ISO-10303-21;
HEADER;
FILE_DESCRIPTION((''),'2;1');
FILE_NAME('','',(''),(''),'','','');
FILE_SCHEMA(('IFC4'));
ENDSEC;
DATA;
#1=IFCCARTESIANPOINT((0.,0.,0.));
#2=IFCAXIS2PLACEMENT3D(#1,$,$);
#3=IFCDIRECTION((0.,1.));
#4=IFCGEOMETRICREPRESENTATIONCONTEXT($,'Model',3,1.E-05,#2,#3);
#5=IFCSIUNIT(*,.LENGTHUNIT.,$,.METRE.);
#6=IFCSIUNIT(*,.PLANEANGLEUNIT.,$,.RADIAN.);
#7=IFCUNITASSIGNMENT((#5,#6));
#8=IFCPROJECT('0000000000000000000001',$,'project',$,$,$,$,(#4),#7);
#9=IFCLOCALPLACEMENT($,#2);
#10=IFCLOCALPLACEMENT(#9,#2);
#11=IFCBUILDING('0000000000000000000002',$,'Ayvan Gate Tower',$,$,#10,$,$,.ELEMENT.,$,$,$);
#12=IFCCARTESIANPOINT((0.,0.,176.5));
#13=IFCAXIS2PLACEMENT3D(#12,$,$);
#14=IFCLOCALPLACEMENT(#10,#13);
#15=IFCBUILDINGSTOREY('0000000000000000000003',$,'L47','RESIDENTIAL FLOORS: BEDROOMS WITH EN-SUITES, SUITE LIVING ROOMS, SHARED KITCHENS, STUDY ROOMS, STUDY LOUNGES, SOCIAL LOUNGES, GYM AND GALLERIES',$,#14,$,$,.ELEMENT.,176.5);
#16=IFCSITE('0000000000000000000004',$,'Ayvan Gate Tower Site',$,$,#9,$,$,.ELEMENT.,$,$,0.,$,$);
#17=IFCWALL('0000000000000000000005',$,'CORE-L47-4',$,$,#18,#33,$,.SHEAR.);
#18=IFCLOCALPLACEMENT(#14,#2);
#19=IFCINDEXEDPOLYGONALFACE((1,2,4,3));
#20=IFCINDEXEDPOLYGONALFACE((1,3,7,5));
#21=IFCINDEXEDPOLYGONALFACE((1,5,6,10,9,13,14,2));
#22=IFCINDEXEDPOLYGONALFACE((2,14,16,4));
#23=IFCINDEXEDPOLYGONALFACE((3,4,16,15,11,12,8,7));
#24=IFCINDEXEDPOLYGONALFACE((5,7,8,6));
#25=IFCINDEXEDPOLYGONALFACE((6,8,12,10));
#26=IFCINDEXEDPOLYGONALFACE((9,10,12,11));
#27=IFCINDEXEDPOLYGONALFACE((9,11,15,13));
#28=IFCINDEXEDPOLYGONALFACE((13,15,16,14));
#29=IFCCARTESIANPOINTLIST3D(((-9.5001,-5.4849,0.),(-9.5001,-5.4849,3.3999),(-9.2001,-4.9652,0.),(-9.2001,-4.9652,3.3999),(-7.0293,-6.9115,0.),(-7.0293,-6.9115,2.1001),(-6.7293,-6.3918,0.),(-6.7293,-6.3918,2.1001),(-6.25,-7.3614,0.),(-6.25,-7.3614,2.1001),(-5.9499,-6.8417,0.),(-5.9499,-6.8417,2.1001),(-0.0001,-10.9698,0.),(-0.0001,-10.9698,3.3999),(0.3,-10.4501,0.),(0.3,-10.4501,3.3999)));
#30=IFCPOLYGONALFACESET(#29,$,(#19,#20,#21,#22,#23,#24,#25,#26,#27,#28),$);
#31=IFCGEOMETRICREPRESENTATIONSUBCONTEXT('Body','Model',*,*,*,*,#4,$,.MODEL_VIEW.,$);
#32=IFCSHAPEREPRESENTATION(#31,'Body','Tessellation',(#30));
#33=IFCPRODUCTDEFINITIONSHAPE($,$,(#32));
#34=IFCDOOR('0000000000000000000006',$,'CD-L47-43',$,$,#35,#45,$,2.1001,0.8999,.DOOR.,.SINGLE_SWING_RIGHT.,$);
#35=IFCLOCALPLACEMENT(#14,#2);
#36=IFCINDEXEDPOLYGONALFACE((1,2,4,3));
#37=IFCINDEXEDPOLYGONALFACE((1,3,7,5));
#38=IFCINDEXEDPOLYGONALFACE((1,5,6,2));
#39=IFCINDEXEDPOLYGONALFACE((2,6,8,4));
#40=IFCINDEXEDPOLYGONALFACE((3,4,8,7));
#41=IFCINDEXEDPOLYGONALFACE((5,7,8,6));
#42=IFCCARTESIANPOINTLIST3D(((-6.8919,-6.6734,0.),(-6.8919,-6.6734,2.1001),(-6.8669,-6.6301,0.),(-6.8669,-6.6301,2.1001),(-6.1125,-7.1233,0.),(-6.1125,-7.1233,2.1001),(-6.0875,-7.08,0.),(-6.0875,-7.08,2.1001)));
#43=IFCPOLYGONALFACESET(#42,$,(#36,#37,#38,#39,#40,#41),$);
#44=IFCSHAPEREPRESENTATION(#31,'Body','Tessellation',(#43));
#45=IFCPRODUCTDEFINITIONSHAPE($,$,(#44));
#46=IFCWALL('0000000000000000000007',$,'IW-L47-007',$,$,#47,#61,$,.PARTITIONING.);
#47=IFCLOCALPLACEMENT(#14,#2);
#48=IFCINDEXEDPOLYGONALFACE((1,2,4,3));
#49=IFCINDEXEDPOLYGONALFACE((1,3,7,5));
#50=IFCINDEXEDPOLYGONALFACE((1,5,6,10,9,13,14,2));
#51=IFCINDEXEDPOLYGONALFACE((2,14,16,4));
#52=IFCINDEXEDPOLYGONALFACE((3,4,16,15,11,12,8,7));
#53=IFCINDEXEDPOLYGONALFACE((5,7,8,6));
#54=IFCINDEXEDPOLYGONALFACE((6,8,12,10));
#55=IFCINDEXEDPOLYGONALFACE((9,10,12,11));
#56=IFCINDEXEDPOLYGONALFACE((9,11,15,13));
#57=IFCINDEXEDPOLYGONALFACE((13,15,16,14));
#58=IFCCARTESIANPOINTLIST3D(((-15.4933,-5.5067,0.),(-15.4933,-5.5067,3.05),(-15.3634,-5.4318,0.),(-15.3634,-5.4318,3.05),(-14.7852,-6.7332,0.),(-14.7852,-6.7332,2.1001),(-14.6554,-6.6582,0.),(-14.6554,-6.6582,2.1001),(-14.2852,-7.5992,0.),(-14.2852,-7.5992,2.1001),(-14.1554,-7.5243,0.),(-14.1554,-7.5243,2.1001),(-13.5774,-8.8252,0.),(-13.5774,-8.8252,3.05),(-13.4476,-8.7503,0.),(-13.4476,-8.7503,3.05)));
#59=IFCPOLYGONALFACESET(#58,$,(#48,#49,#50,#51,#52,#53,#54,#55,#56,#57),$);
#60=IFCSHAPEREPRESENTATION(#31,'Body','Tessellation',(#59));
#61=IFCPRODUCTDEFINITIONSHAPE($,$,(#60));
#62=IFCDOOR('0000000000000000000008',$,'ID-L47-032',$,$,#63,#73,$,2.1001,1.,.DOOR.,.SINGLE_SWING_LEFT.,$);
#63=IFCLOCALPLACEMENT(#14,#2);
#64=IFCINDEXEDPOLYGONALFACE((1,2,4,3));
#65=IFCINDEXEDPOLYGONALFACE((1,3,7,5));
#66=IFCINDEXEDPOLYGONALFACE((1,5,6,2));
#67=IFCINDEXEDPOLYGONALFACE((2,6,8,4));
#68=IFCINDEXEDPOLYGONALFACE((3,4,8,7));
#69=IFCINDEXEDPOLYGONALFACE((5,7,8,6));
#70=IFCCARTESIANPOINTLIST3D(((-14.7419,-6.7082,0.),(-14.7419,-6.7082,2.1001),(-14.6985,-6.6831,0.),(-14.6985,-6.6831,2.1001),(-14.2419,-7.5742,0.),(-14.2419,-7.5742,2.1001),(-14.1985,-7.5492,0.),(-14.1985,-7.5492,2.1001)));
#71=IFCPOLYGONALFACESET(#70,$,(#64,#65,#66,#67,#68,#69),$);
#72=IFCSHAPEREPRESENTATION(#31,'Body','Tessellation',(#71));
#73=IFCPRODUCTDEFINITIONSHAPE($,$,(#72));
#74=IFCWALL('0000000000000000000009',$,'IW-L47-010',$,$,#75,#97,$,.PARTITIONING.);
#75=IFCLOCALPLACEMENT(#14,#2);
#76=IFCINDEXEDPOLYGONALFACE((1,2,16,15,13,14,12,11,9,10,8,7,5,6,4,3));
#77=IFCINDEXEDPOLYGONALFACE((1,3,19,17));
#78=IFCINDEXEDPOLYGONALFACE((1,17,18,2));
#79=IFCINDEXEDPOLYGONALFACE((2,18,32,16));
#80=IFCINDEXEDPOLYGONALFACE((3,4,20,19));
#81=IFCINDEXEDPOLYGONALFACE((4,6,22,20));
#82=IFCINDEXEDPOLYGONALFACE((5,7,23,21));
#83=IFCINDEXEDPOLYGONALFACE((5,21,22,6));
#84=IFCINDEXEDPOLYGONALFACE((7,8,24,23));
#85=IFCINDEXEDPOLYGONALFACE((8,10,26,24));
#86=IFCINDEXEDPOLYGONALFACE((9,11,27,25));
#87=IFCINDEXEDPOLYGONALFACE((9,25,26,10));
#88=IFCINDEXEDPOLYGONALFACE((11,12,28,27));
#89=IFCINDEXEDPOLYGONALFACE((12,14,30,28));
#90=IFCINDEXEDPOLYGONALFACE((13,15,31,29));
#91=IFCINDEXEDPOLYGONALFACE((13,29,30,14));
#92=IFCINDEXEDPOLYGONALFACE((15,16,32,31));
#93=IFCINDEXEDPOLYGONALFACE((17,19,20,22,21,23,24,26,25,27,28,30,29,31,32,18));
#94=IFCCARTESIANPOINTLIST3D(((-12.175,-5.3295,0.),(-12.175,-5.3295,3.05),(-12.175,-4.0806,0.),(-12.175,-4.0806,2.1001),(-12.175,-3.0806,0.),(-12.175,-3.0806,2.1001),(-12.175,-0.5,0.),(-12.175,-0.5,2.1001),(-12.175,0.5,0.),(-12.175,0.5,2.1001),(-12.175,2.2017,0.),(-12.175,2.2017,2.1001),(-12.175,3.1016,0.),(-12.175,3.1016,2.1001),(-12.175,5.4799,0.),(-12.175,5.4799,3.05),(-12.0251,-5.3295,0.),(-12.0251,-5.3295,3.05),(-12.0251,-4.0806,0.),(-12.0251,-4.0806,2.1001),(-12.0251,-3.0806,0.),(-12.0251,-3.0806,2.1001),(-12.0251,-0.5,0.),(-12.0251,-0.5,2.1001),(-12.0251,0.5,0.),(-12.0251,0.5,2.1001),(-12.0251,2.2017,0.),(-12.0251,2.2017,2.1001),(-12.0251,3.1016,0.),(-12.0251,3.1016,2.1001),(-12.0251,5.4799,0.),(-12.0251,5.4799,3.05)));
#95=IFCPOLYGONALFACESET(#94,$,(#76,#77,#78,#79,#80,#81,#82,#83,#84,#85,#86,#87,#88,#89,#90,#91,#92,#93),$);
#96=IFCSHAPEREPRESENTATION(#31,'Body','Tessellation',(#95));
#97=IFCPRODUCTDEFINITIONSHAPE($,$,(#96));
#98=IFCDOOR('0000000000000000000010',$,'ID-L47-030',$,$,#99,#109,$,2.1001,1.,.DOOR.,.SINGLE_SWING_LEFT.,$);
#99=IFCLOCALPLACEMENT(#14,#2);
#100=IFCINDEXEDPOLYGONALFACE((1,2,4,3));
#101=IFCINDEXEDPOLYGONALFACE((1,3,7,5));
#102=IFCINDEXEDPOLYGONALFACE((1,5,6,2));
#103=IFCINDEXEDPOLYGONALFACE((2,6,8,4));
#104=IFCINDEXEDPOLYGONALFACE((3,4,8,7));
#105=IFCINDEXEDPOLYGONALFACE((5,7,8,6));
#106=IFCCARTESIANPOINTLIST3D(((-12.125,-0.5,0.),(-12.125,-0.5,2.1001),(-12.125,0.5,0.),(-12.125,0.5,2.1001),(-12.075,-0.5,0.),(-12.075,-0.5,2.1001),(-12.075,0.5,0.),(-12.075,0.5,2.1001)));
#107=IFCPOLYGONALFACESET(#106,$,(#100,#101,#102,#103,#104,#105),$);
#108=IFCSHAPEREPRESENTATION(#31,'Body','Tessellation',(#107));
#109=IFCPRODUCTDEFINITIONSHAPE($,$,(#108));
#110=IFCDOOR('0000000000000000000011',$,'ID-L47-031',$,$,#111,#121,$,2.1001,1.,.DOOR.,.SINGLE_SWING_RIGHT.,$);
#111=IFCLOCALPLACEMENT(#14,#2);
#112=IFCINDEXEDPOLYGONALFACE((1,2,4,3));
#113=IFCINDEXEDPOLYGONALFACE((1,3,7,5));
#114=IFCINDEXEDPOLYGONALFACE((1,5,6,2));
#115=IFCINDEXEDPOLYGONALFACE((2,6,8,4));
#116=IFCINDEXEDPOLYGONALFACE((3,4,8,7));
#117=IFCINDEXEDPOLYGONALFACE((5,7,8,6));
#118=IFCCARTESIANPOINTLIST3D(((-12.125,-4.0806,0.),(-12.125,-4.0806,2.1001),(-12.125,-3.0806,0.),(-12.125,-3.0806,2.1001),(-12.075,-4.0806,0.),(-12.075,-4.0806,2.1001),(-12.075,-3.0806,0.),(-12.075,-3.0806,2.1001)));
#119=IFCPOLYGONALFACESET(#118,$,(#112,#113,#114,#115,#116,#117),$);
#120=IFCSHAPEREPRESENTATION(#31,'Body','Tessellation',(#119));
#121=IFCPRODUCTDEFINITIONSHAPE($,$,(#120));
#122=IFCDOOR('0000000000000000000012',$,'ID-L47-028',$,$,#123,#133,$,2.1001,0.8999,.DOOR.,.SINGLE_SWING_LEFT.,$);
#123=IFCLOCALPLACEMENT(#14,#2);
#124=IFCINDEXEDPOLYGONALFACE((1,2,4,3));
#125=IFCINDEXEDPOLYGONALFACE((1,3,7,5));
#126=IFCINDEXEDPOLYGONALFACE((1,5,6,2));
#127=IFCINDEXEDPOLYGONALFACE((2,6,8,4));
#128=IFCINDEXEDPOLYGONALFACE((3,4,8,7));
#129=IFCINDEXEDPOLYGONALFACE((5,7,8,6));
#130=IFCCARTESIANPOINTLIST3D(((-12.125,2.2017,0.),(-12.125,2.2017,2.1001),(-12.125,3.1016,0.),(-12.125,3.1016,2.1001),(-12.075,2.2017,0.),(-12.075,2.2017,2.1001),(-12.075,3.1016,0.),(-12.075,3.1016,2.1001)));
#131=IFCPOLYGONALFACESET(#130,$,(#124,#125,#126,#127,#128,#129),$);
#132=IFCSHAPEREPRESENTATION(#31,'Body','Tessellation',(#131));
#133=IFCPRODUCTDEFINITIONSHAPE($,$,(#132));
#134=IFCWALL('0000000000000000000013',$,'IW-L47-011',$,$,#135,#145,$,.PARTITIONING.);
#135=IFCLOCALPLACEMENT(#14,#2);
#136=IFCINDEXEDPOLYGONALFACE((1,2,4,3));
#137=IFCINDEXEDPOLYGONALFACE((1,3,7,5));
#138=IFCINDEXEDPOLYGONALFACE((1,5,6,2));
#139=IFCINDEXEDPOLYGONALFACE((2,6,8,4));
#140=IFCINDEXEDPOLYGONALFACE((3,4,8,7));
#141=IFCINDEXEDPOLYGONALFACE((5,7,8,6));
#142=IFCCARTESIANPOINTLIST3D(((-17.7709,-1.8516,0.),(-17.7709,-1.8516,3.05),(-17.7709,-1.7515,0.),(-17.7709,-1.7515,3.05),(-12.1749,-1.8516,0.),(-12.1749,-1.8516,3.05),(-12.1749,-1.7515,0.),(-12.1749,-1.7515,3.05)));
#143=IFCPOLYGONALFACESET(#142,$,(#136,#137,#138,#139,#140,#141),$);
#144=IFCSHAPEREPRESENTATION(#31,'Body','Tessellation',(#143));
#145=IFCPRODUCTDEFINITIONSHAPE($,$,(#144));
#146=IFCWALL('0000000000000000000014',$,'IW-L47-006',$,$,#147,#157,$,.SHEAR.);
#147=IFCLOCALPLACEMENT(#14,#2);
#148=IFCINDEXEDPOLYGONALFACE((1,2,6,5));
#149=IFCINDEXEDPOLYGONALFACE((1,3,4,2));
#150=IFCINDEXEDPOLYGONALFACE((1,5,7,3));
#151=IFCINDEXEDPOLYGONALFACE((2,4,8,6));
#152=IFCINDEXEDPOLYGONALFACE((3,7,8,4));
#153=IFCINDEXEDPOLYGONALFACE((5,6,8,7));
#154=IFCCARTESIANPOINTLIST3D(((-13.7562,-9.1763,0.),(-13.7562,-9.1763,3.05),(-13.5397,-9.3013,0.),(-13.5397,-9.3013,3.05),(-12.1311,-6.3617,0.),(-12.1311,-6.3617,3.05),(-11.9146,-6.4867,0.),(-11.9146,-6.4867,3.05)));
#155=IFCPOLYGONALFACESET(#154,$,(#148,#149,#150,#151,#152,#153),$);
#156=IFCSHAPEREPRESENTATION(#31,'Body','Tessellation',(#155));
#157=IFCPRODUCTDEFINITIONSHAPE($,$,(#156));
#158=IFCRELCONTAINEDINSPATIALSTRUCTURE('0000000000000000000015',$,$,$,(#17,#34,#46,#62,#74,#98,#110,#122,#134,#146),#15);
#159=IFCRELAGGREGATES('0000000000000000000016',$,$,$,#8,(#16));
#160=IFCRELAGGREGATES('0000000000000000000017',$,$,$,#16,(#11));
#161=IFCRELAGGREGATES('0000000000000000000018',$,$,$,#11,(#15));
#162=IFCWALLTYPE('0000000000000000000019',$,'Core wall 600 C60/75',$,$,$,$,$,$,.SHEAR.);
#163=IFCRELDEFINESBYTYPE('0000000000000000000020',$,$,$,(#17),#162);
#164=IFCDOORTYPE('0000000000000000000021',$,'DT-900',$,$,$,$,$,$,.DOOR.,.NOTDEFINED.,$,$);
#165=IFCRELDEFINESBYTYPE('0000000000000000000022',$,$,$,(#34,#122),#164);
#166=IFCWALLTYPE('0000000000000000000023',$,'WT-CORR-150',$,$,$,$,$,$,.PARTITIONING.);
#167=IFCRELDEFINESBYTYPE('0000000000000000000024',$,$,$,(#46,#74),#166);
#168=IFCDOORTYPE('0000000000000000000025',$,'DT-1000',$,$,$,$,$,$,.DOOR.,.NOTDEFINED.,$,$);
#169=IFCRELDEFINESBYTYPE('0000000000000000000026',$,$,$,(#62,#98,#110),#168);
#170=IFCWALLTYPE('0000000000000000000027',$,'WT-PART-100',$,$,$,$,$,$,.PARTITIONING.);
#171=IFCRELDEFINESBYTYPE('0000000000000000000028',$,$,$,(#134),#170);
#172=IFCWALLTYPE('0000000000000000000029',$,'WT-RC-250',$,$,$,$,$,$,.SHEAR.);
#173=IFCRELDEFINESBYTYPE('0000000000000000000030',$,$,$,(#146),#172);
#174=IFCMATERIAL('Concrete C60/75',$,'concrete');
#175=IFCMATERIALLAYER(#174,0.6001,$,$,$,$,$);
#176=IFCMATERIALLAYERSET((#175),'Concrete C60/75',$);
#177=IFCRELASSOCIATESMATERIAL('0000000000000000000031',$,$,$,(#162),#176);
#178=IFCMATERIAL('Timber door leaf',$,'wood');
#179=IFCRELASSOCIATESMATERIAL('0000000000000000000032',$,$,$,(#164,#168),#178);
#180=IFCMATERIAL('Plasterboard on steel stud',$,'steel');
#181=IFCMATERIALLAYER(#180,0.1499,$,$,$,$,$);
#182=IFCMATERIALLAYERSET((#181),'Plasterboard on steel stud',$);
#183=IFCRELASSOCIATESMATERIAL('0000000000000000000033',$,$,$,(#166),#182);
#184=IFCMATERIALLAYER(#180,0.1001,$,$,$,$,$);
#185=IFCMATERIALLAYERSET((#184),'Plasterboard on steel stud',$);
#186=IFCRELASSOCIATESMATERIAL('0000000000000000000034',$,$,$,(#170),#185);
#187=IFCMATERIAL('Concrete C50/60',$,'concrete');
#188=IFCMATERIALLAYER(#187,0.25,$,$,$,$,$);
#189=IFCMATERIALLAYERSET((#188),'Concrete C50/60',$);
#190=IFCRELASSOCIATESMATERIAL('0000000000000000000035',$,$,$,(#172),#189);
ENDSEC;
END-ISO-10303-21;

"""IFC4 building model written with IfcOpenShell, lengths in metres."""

from ifc_helpers import new_model, si_unit, direction, frame, frame_2d, origin, place, context, subcontext, project, spatial, rectangle, extrude, material, layer, layer_set, type_object, element, fill, save


model = new_model("IFC4")

# Units and contexts
model_context = context("Model", 3, precision=1e-05, world=origin(), true_north=direction((0.0, 1.0)))
body_context = subcontext(model_context, "Body", "Model", "MODEL_VIEW")
ifc_project = project(units=[si_unit("LENGTHUNIT", "METRE"), si_unit("PLANEANGLEUNIT", "RADIAN")], contexts=[model_context])

# Site, building, storey
site_placement = place(None, origin())
site = spatial("IfcSite", under=ifc_project, at=site_placement, Name="Ayvan Gate Tower Site", CompositionType="ELEMENT", RefElevation=0.0)
building_placement = place(site_placement, origin())
building = spatial("IfcBuilding", under=site, at=building_placement, Name="Ayvan Gate Tower", CompositionType="ELEMENT")
storey_placement = place(building_placement, frame((0.0, 0.0, 176.5)))
storey = spatial("IfcBuildingStorey", under=building, at=storey_placement, Name="L47", Description="RESIDENTIAL FLOORS: BEDROOMS WITH EN-SUITES, SUITE LIVING ROOMS, SHARED KITCHENS, STUDY ROOMS, STUDY LOUNGES, SOCIAL LOUNGES, GYM AND GALLERIES", CompositionType="ELEMENT", Elevation=176.5)

# Walls, openings, doors
ifc_material_1 = material(Name="Concrete C60/75", Category="concrete")
ifc_layer_1 = layer(ifc_material_1, 0.6001)
ifc_layer_set_1 = layer_set([ifc_layer_1], Name="Concrete C60/75")
wall_type_1 = type_object("IfcWallType", Name="Core wall 600 C60/75", PredefinedType="SHEAR", material=ifc_layer_set_1)
wall_1_placement = place(storey_placement, frame((-9.3501, -5.2251, 0.0), z_axis=(0.0, 0.0, 1.0), x_axis=(0.866024, -0.500002, 0.0)))
wall_1 = element("IfcWall", 1, at=wall_1_placement, inside=storey, type_object=wall_type_1, Name="CORE-L47-4", PredefinedType="SHEAR", context=body_context, shape_type="SweptSolid", body=[
    extrude(rectangle(XDim=10.9697, YDim=0.6001, at=frame_2d((5.4849, 0.0))), origin(), (0.0, 0.0, 1.0), 3.3999),
])
opening_1_placement = place(wall_1_placement, frame((2.853, 0.0, 0.0)))
opening_1 = element("IfcOpeningElement", 2, at=opening_1_placement, cuts=wall_1, PredefinedType="OPENING", context=body_context, shape_type="SweptSolid", body=[
    extrude(rectangle(XDim=0.8999, YDim=2.1001, at=frame_2d((0.45, 1.05))), frame((0.0, 0.3101, 0.0), z_axis=(0.0, -1.0, 0.0), x_axis=(1.0, 0.0, 0.0)), (0.0, 0.0, 1.0), 0.6201),
])
ifc_material_2 = material(Name="Timber door leaf", Category="wood")
door_type_1 = type_object("IfcDoorType", Name="DT-900", OperationType="NOTDEFINED", PredefinedType="DOOR", material=ifc_material_2)
door_1_placement = place(opening_1_placement, origin())
door_1 = element("IfcDoor", 3, at=door_1_placement, inside=storey, type_object=door_type_1, Name="CD-L47-43", OperationType="SINGLE_SWING_RIGHT", OverallHeight=2.1001, OverallWidth=0.8999, PredefinedType="DOOR", context=body_context, shape_type="SweptSolid", body=[
    extrude(rectangle(XDim=0.8999, YDim=2.1001, at=frame_2d((0.45, 1.05))), frame((0.0, 0.0249, 0.0), z_axis=(0.0, -1.0, 0.0), x_axis=(1.0, 0.0, 0.0)), (0.0, 0.0, 1.0), 0.05),
])
fill(opening_1, door_1)
ifc_material_3 = material(Name="Plasterboard on steel stud", Category="steel")
ifc_layer_2 = layer(ifc_material_3, 0.1499)
ifc_layer_set_2 = layer_set([ifc_layer_2], Name="Plasterboard on steel stud")
wall_type_2 = type_object("IfcWallType", Name="WT-CORR-150", PredefinedType="PARTITIONING", material=ifc_layer_set_2)
wall_2_placement = place(storey_placement, frame((-13.5125, -8.7878, 0.0), z_axis=(0.0, 0.0, 1.0), x_axis=(-0.499984, 0.866035, 0.0)))
wall_2 = element("IfcWall", 4, at=wall_2_placement, inside=storey, type_object=wall_type_2, Name="IW-L47-007", PredefinedType="PARTITIONING", context=body_context, shape_type="SweptSolid", body=[
    extrude(rectangle(XDim=3.8318, YDim=0.1499, at=frame_2d((1.916, 0.0))), origin(), (0.0, 0.0, 1.0), 3.05),
])
opening_2_placement = place(wall_2_placement, frame((1.4158, 0.0, 0.0)))
opening_2 = element("IfcOpeningElement", 5, at=opening_2_placement, cuts=wall_2, PredefinedType="OPENING", context=body_context, shape_type="SweptSolid", body=[
    extrude(rectangle(XDim=1.0, YDim=2.1001, at=frame_2d((0.5, 1.05))), frame((0.0, 0.085, 0.0), z_axis=(0.0, -1.0, 0.0), x_axis=(1.0, 0.0, 0.0)), (0.0, 0.0, 1.0), 0.1699),
])
door_type_2 = type_object("IfcDoorType", Name="DT-1000", OperationType="NOTDEFINED", PredefinedType="DOOR", material=ifc_material_2)
door_2_placement = place(opening_2_placement, origin())
door_2 = element("IfcDoor", 6, at=door_2_placement, inside=storey, type_object=door_type_2, Name="ID-L47-032", OperationType="SINGLE_SWING_LEFT", OverallHeight=2.1001, OverallWidth=1.0, PredefinedType="DOOR", context=body_context, shape_type="SweptSolid", body=[
    extrude(rectangle(XDim=1.0, YDim=2.1001, at=frame_2d((0.5, 1.05))), frame((0.0, 0.0249, 0.0), z_axis=(0.0, -1.0, 0.0), x_axis=(1.0, 0.0, 0.0)), (0.0, 0.0, 1.0), 0.05),
])
fill(opening_2, door_2)

# Wall, openings, doors
wall_3_placement = place(storey_placement, frame((-12.1001, -5.3296, 0.0), z_axis=(0.0, 0.0, 1.0), x_axis=(0.0, 1.0, 0.0)))
wall_3 = element("IfcWall", 7, at=wall_3_placement, inside=storey, type_object=wall_type_2, Name="IW-L47-010", PredefinedType="PARTITIONING", context=body_context, shape_type="SweptSolid", body=[
    extrude(rectangle(XDim=10.8093, YDim=0.1499, at=frame_2d((5.4048, 0.0))), origin(), (0.0, 0.0, 1.0), 3.05),
])
opening_3_placement = place(wall_3_placement, frame((7.5312, 0.0, 0.0)))
opening_3 = element("IfcOpeningElement", 8, at=opening_3_placement, cuts=wall_3, PredefinedType="OPENING", context=body_context, shape_type="SweptSolid", body=[
    extrude(rectangle(XDim=0.8999, YDim=2.1001, at=frame_2d((0.45, 1.05))), frame((0.0, 0.085, 0.0), z_axis=(0.0, -1.0, 0.0), x_axis=(1.0, 0.0, 0.0)), (0.0, 0.0, 1.0), 0.1699),
])
opening_4_placement = place(wall_3_placement, frame((4.8296, 0.0, 0.0)))
opening_4 = element("IfcOpeningElement", 9, at=opening_4_placement, cuts=wall_3, PredefinedType="OPENING", context=body_context, shape_type="SweptSolid", body=[
    extrude(rectangle(XDim=1.0, YDim=2.1001, at=frame_2d((0.5, 1.05))), frame((0.0, 0.085, 0.0), z_axis=(0.0, -1.0, 0.0), x_axis=(1.0, 0.0, 0.0)), (0.0, 0.0, 1.0), 0.1699),
])
opening_5_placement = place(wall_3_placement, frame((1.249, 0.0, 0.0)))
opening_5 = element("IfcOpeningElement", 10, at=opening_5_placement, cuts=wall_3, PredefinedType="OPENING", context=body_context, shape_type="SweptSolid", body=[
    extrude(rectangle(XDim=1.0, YDim=2.1001, at=frame_2d((0.5, 1.05))), frame((0.0, 0.085, 0.0), z_axis=(0.0, -1.0, 0.0), x_axis=(1.0, 0.0, 0.0)), (0.0, 0.0, 1.0), 0.1699),
])
door_3_placement = place(opening_4_placement, origin())
door_3 = element("IfcDoor", 11, at=door_3_placement, inside=storey, type_object=door_type_2, Name="ID-L47-030", OperationType="SINGLE_SWING_LEFT", OverallHeight=2.1001, OverallWidth=1.0, PredefinedType="DOOR", context=body_context, shape_type="SweptSolid", body=[
    extrude(rectangle(XDim=1.0, YDim=2.1001, at=frame_2d((0.5, 1.05))), frame((0.0, 0.0249, 0.0), z_axis=(0.0, -1.0, 0.0), x_axis=(1.0, 0.0, 0.0)), (0.0, 0.0, 1.0), 0.05),
])
fill(opening_4, door_3)
door_4_placement = place(opening_5_placement, origin())
door_4 = element("IfcDoor", 12, at=door_4_placement, inside=storey, type_object=door_type_2, Name="ID-L47-031", OperationType="SINGLE_SWING_RIGHT", OverallHeight=2.1001, OverallWidth=1.0, PredefinedType="DOOR", context=body_context, shape_type="SweptSolid", body=[
    extrude(rectangle(XDim=1.0, YDim=2.1001, at=frame_2d((0.5, 1.05))), frame((0.0, 0.0249, 0.0), z_axis=(0.0, -1.0, 0.0), x_axis=(1.0, 0.0, 0.0)), (0.0, 0.0, 1.0), 0.05),
])
fill(opening_5, door_4)
door_5_placement = place(opening_3_placement, origin())
door_5 = element("IfcDoor", 13, at=door_5_placement, inside=storey, type_object=door_type_1, Name="ID-L47-028", OperationType="SINGLE_SWING_LEFT", OverallHeight=2.1001, OverallWidth=0.8999, PredefinedType="DOOR", context=body_context, shape_type="SweptSolid", body=[
    extrude(rectangle(XDim=0.8999, YDim=2.1001, at=frame_2d((0.45, 1.05))), frame((0.0, 0.0249, 0.0), z_axis=(0.0, -1.0, 0.0), x_axis=(1.0, 0.0, 0.0)), (0.0, 0.0, 1.0), 0.05),
])
fill(opening_3, door_5)

# Walls
ifc_layer_3 = layer(ifc_material_3, 0.1001)
ifc_layer_set_3 = layer_set([ifc_layer_3], Name="Plasterboard on steel stud")
wall_type_3 = type_object("IfcWallType", Name="WT-PART-100", PredefinedType="PARTITIONING", material=ifc_layer_set_3)
wall_4_placement = place(storey_placement, frame((-12.175, -1.8015, 0.0), z_axis=(0.0, 0.0, 1.0), x_axis=(-1.0, 0.0, 0.0)))
element("IfcWall", 14, at=wall_4_placement, inside=storey, type_object=wall_type_3, Name="IW-L47-011", PredefinedType="PARTITIONING", context=body_context, shape_type="SweptSolid", body=[
    extrude(rectangle(XDim=5.5959, YDim=0.1001, at=frame_2d((2.7979, 0.0))), origin(), (0.0, 0.0, 1.0), 3.05),
])
ifc_material_4 = material(Name="Concrete C50/60", Category="concrete")
ifc_layer_4 = layer(ifc_material_4, 0.25)
ifc_layer_set_4 = layer_set([ifc_layer_4], Name="Concrete C50/60")
wall_type_4 = type_object("IfcWallType", Name="WT-RC-250", PredefinedType="SHEAR", material=ifc_layer_set_4)
wall_5_placement = place(storey_placement, frame((-13.6479, -9.2388, 0.0), z_axis=(0.0, 0.0, 1.0), x_axis=(0.500017, 0.866015, 0.0)))
element("IfcWall", 15, at=wall_5_placement, inside=storey, type_object=wall_type_4, Name="IW-L47-006", PredefinedType="SHEAR", context=body_context, shape_type="SweptSolid", body=[
    extrude(rectangle(XDim=3.25, YDim=0.25, at=frame_2d((1.625, 0.0))), origin(), (0.0, 0.0, 1.0), 3.05),
])

save(model, "model.ifc")
